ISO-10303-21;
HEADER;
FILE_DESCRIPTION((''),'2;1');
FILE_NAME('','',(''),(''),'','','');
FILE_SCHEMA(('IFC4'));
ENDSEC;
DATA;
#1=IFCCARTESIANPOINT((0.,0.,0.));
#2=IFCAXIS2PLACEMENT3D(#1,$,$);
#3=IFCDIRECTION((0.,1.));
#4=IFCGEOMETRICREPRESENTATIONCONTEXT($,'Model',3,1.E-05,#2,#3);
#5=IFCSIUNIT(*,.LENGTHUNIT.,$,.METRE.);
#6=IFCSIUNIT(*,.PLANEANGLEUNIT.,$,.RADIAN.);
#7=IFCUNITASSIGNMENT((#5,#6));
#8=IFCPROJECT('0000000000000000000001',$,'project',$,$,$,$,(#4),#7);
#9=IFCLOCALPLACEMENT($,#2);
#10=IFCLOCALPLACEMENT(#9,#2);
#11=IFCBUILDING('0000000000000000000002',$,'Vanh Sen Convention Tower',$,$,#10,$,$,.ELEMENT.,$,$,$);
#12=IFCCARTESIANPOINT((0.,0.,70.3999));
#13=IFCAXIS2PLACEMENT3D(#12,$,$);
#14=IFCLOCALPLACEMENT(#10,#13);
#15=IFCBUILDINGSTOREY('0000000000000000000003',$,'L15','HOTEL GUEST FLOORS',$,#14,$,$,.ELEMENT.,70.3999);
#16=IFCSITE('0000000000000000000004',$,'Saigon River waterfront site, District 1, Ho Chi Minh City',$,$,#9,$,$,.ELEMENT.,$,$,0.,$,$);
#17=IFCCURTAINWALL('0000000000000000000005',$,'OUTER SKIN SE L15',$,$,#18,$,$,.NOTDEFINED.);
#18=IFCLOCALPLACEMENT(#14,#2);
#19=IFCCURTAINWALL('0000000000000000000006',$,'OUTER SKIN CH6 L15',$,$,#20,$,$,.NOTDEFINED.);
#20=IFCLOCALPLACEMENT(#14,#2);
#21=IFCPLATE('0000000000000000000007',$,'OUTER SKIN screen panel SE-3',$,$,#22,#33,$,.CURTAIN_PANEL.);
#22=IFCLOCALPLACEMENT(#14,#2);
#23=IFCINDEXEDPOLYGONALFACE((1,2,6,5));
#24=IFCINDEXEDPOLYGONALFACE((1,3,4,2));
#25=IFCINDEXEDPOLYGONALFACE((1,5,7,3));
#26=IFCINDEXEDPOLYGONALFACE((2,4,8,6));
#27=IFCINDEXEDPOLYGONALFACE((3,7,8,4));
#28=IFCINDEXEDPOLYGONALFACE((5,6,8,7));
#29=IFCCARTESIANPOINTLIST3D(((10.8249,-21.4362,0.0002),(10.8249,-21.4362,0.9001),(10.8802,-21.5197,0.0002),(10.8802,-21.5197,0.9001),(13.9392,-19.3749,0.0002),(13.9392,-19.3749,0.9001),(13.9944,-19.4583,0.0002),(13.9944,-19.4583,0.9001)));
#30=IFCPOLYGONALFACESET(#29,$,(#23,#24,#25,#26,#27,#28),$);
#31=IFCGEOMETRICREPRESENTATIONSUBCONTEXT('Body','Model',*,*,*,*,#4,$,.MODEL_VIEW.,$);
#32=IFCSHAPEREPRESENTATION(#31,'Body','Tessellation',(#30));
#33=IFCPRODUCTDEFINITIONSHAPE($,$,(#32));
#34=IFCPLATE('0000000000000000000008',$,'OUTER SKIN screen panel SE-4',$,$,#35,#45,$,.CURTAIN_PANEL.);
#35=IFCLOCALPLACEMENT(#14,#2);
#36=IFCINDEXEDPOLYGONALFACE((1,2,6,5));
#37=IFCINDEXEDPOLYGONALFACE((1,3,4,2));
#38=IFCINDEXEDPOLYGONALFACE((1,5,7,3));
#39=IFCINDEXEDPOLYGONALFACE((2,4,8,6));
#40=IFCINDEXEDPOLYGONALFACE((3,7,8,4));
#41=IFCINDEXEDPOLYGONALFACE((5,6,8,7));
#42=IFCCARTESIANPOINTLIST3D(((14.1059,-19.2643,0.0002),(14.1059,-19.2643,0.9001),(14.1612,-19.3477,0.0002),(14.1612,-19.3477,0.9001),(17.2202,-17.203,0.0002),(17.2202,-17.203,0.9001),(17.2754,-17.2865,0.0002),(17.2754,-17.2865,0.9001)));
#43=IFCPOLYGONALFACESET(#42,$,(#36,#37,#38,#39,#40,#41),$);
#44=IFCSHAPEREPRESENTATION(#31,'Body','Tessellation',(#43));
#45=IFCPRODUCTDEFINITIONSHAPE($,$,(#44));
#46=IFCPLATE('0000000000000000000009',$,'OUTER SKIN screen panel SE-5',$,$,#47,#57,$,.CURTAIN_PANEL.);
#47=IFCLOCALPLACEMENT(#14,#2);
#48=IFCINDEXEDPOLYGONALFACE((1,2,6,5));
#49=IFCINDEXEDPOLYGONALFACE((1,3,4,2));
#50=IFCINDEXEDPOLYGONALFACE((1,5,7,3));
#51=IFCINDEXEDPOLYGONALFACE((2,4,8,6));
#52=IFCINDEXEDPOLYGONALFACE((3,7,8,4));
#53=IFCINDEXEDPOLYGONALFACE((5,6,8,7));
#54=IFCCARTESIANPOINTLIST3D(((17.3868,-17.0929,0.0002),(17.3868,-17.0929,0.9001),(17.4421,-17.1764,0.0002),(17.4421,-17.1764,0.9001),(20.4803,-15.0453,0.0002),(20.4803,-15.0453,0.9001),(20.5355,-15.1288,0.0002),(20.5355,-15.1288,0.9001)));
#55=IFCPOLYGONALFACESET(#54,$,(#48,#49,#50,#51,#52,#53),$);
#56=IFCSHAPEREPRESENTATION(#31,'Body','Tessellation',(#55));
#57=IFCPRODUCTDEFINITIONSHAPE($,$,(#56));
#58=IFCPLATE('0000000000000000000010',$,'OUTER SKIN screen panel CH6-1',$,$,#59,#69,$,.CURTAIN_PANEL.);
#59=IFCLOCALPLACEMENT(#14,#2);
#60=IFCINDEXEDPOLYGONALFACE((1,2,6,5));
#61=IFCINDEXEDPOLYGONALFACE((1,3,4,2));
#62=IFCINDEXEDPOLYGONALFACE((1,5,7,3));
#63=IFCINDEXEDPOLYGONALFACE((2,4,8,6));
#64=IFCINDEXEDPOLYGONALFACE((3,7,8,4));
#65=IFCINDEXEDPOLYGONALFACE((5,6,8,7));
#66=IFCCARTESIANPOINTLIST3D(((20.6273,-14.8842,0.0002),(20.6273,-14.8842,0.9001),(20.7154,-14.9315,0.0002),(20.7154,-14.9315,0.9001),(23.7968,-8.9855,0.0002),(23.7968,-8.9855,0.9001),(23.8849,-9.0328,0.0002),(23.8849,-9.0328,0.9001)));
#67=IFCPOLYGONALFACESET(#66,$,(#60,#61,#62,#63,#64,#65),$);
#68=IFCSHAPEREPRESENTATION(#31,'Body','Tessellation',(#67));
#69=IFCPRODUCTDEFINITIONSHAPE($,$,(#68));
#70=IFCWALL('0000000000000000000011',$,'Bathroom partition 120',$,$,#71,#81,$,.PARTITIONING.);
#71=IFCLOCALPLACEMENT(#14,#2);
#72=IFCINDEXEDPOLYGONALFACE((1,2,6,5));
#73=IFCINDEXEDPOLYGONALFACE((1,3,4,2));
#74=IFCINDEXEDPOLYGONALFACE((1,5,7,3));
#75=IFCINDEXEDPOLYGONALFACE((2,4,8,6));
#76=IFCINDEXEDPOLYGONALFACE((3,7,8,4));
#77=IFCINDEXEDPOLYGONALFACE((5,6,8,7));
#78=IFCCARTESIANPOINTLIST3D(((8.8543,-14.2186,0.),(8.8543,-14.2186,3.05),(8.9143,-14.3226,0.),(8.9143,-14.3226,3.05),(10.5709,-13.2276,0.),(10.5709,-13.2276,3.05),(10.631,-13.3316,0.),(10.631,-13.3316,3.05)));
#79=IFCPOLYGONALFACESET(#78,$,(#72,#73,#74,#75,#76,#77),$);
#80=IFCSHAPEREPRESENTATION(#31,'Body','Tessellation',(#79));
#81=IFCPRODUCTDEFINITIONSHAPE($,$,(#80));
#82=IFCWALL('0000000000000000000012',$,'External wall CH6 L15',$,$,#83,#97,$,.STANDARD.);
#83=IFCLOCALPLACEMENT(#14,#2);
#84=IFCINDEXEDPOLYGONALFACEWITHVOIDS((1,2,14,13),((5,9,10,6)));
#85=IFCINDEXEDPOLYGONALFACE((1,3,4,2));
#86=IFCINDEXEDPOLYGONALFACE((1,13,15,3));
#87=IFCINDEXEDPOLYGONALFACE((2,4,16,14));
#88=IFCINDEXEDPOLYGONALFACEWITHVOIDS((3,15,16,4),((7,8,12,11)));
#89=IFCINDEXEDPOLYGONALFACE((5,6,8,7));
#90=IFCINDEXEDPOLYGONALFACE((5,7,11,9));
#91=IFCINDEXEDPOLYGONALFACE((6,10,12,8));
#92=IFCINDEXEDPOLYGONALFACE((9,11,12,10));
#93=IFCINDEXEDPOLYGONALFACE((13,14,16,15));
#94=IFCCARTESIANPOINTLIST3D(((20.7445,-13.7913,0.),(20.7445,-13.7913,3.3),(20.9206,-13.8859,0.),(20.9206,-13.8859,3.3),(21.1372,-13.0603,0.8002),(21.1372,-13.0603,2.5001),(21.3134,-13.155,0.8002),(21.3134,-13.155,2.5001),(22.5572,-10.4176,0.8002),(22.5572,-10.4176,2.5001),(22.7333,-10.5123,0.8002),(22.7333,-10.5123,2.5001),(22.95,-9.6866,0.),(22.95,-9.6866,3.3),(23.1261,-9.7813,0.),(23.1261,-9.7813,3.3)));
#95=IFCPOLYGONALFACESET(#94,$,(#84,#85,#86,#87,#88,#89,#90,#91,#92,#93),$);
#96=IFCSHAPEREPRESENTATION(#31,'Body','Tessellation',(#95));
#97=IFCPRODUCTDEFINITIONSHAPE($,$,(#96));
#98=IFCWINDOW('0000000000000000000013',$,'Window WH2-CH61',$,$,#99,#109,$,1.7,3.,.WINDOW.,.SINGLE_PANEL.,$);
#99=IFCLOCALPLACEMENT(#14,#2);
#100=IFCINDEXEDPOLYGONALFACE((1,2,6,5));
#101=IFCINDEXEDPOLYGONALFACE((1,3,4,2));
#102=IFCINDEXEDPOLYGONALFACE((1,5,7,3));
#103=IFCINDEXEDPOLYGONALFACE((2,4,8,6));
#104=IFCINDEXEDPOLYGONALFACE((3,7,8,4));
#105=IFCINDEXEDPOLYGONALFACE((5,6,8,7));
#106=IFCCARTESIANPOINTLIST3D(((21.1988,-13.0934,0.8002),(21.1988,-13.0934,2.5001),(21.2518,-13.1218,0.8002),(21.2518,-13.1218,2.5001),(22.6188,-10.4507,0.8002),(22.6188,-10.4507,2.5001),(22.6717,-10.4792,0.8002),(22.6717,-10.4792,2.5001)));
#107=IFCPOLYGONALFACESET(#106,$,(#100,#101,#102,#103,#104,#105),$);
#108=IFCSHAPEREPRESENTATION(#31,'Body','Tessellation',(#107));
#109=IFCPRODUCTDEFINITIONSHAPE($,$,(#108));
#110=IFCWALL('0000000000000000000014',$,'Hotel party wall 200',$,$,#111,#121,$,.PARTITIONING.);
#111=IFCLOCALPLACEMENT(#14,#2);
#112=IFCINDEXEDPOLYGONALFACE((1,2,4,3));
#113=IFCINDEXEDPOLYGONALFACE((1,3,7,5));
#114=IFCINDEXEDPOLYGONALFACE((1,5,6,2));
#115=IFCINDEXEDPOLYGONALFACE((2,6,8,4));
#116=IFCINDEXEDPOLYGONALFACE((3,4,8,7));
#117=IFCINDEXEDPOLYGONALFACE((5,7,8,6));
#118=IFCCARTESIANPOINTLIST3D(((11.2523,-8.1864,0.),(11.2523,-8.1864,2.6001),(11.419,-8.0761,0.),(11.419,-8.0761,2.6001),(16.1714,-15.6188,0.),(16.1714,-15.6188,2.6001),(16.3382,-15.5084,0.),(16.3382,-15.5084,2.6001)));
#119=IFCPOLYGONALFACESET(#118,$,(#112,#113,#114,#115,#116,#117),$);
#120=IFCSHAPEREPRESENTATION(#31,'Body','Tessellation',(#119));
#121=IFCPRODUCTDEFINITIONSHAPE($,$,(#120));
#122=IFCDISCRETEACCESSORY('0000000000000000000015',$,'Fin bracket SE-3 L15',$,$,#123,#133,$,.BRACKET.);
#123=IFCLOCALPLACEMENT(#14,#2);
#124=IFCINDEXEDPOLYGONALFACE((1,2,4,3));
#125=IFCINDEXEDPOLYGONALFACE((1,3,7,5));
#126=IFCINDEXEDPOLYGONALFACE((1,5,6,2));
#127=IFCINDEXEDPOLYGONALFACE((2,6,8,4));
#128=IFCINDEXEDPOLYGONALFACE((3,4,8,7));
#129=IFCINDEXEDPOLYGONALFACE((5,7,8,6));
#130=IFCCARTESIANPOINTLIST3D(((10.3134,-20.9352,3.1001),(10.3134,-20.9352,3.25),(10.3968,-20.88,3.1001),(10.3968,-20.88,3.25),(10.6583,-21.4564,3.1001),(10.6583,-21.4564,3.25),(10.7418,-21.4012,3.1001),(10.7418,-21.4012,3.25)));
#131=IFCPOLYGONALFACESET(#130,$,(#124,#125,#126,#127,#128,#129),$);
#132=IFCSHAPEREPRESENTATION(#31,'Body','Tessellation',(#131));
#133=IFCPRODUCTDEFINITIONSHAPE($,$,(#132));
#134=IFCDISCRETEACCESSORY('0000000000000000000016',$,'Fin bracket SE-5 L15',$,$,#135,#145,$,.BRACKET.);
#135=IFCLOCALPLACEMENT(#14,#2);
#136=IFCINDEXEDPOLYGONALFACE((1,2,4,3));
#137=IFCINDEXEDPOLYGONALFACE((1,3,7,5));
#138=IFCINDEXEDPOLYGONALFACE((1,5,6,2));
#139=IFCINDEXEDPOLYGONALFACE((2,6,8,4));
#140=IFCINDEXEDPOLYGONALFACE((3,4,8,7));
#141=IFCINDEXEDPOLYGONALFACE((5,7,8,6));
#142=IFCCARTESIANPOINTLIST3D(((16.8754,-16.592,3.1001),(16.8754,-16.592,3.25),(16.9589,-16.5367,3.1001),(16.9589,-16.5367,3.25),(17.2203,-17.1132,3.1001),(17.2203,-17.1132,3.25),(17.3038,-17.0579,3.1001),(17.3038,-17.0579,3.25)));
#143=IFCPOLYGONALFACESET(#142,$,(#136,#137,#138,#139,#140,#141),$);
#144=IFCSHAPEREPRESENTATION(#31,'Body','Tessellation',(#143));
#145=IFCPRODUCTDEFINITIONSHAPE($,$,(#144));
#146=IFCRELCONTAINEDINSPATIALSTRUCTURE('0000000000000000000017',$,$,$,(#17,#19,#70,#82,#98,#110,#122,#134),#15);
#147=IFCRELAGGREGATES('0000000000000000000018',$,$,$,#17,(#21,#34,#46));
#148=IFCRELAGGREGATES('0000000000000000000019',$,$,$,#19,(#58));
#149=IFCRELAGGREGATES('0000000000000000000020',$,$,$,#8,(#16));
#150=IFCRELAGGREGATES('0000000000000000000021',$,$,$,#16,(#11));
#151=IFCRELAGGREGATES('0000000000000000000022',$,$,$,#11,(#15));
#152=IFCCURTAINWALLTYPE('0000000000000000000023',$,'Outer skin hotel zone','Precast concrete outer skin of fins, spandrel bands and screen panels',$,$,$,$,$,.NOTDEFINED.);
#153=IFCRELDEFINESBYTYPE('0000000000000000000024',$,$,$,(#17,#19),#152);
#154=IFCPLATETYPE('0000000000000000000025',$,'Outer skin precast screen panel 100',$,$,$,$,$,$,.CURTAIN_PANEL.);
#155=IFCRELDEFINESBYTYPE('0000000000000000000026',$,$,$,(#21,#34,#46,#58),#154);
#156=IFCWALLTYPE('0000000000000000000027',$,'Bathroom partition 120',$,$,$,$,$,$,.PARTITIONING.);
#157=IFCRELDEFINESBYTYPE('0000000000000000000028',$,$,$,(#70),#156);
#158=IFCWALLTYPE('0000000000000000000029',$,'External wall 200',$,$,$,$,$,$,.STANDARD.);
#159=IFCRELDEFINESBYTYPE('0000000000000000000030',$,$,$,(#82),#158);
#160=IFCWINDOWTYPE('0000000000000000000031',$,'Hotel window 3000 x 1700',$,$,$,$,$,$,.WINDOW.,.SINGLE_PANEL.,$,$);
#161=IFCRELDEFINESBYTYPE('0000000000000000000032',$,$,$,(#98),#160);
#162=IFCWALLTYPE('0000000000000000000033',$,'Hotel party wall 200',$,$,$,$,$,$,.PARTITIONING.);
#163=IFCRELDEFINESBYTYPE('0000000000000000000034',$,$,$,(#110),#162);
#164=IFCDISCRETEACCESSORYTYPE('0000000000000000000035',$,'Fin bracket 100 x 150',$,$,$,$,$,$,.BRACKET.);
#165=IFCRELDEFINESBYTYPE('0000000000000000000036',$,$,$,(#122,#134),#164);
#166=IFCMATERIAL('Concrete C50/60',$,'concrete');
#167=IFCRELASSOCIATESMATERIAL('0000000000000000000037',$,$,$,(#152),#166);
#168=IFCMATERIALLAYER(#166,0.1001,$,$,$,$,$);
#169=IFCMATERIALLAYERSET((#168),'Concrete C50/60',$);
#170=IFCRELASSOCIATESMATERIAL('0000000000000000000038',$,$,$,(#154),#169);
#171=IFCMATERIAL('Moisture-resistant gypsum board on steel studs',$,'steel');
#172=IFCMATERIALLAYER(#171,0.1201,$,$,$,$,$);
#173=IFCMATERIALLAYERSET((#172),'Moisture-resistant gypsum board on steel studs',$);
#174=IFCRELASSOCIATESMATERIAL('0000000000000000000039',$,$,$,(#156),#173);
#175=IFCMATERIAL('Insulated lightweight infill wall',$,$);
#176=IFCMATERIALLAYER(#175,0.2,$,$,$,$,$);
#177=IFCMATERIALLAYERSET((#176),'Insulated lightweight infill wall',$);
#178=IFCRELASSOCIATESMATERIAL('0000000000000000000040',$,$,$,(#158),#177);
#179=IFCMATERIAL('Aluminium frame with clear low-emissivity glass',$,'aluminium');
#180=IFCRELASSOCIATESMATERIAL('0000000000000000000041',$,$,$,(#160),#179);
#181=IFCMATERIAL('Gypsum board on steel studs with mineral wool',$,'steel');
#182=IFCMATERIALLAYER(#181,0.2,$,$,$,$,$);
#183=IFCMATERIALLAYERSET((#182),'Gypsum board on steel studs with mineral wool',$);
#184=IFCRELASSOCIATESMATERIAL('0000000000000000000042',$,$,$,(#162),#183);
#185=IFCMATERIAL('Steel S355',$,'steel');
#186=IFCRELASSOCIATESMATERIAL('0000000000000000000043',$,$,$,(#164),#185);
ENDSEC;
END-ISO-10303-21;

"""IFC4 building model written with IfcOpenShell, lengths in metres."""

from ifc_helpers import new_model, si_unit, direction, frame, frame_2d, origin, origin_2d, place, context, subcontext, project, spatial, rectangle, extrude, material, layer, layer_set, type_object, element, fill, aggregate, save


model = new_model("IFC4")

# Units and contexts
model_context = context("Model", 3, precision=1e-05, world=origin(), true_north=direction((0.0, 1.0)))
body_context = subcontext(model_context, "Body", "Model", "MODEL_VIEW")
ifc_project = project(units=[si_unit("LENGTHUNIT", "METRE"), si_unit("PLANEANGLEUNIT", "RADIAN")], contexts=[model_context])

# Site, building, storey
site_placement = place(None, origin())
site = spatial("IfcSite", under=ifc_project, at=site_placement, Name="Saigon River waterfront site, District 1, Ho Chi Minh City", CompositionType="ELEMENT", RefElevation=0.0)
building_placement = place(site_placement, origin())
building = spatial("IfcBuilding", under=site, at=building_placement, Name="Vanh Sen Convention Tower", CompositionType="ELEMENT")
storey_placement = place(building_placement, frame((0.0, 0.0, 70.3999)))
storey = spatial("IfcBuildingStorey", under=building, at=storey_placement, Name="L15", Description="HOTEL GUEST FLOORS", CompositionType="ELEMENT", Elevation=70.3999)

# Curtain wall
ifc_material_1 = material(Name="Concrete C50/60", Category="concrete")
curtain_wall_type = type_object("IfcCurtainWallType", Name="Outer skin hotel zone", Description="Precast concrete outer skin of fins, spandrel bands and screen panels", PredefinedType="NOTDEFINED", material=ifc_material_1)
curtain_wall_1_placement = place(storey_placement, origin())
curtain_wall_1 = element("IfcCurtainWall", 1, at=curtain_wall_1_placement, inside=storey, type_object=curtain_wall_type, Name="OUTER SKIN SE L15", PredefinedType="NOTDEFINED")

# Curtain wall
curtain_wall_2_placement = place(storey_placement, origin())
curtain_wall_2 = element("IfcCurtainWall", 2, at=curtain_wall_2_placement, inside=storey, type_object=curtain_wall_type, Name="OUTER SKIN CH6 L15", PredefinedType="NOTDEFINED")

# Plates
ifc_layer_1 = layer(ifc_material_1, 0.1001)
ifc_layer_set_1 = layer_set([ifc_layer_1], Name="Concrete C50/60")
plate_type = type_object("IfcPlateType", Name="Outer skin precast screen panel 100", PredefinedType="CURTAIN_PANEL", material=ifc_layer_set_1)
plate_1_placement = place(storey_placement, frame((12.4097, -20.4473, 0.0002), z_axis=(0.0, 0.0, 1.0), x_axis=(0.83388, 0.551946, 0.0)))
plate_1 = element("IfcPlate", 3, at=plate_1_placement, type_object=plate_type, Name="OUTER SKIN screen panel SE-3", PredefinedType="CURTAIN_PANEL", context=body_context, shape_type="SweptSolid", body=[
    extrude(rectangle(XDim=3.7346, YDim=0.1001, at=origin_2d()), origin(), (0.0, 0.0, 1.0), 0.8999),
])
plate_2_placement = place(storey_placement, frame((15.6907, -18.2754, 0.0002), z_axis=(0.0, 0.0, 1.0), x_axis=(0.833892, 0.551928, 0.0)))
plate_2 = element("IfcPlate", 4, at=plate_2_placement, type_object=plate_type, Name="OUTER SKIN screen panel SE-4", PredefinedType="CURTAIN_PANEL", context=body_context, shape_type="SweptSolid", body=[
    extrude(rectangle(XDim=3.7346, YDim=0.1001, at=origin_2d()), origin(), (0.0, 0.0, 1.0), 0.8999),
])
plate_3_placement = place(storey_placement, frame((18.9612, -16.1108, 0.0002), z_axis=(0.0, 0.0, 1.0), x_axis=(0.83388, 0.551946, 0.0)))
plate_3 = element("IfcPlate", 5, at=plate_3_placement, type_object=plate_type, Name="OUTER SKIN screen panel SE-5", PredefinedType="CURTAIN_PANEL", context=body_context, shape_type="SweptSolid", body=[
    extrude(rectangle(XDim=3.7097, YDim=0.1001, at=origin_2d()), origin(), (0.0, 0.0, 1.0), 0.8999),
])
aggregate(curtain_wall_1, [plate_1, plate_2, plate_3])
plate_4_placement = place(storey_placement, frame((22.2561, -11.9585, 0.0002), z_axis=(0.0, 0.0, 1.0), x_axis=(0.473323, 0.880889, 0.0)))
plate_4 = element("IfcPlate", 6, at=plate_4_placement, type_object=plate_type, Name="OUTER SKIN screen panel CH6-1", PredefinedType="CURTAIN_PANEL", context=body_context, shape_type="SweptSolid", body=[
    extrude(rectangle(XDim=6.6963, YDim=0.1001, at=origin_2d()), origin(), (0.0, 0.0, 1.0), 0.8999),
])
aggregate(curtain_wall_2, [plate_4])

# Wall
ifc_material_2 = material(Name="Moisture-resistant gypsum board on steel studs", Category="steel")
ifc_layer_2 = layer(ifc_material_2, 0.1201)
ifc_layer_set_2 = layer_set([ifc_layer_2], Name="Moisture-resistant gypsum board on steel studs")
wall_type_1 = type_object("IfcWallType", Name="Bathroom partition 120", PredefinedType="PARTITIONING", material=ifc_layer_set_2)
wall_1_placement = place(storey_placement, frame((10.6011, -13.2795, 0.0), z_axis=(0.0, 0.0, 1.0), x_axis=(-0.866044, -0.499968, 0.0)))
element("IfcWall", 7, at=wall_1_placement, inside=storey, type_object=wall_type_1, Name="Bathroom partition 120", PredefinedType="PARTITIONING", context=body_context, shape_type="SweptSolid", body=[
    extrude(rectangle(XDim=1.9822, YDim=0.1201, at=frame_2d((0.9912, 0.0))), origin(), (0.0, 0.0, 1.0), 3.05),
])

# Wall, opening, window
ifc_material_3 = material(Name="Insulated lightweight infill wall")
ifc_layer_3 = layer(ifc_material_3, 0.2)
ifc_layer_set_3 = layer_set([ifc_layer_3], Name="Insulated lightweight infill wall")
wall_type_2 = type_object("IfcWallType", Name="External wall 200", PredefinedType="STANDARD", material=ifc_layer_set_3)
wall_2_placement = place(storey_placement, frame((20.8325, -13.8386, 0.0), z_axis=(0.0, 0.0, 1.0), x_axis=(0.473322, 0.88089, 0.0)))
wall_2 = element("IfcWall", 8, at=wall_2_placement, inside=storey, type_object=wall_type_2, Name="External wall CH6 L15", PredefinedType="STANDARD", context=body_context, shape_type="SweptSolid", body=[
    extrude(rectangle(XDim=4.6597, YDim=0.2, at=frame_2d((2.3298, 0.0))), origin(), (0.0, 0.0, 1.0), 3.3),
])
opening_placement = place(wall_2_placement, frame((0.8298, 0.0, 0.8)))
opening = element("IfcOpeningElement", 9, at=opening_placement, cuts=wall_2, PredefinedType="OPENING", context=body_context, shape_type="SweptSolid", body=[
    extrude(rectangle(XDim=3.0, YDim=1.7, at=frame_2d((1.5, 0.8501))), frame((0.0, 0.1099, 0.0), z_axis=(0.0, -1.0, 0.0), x_axis=(1.0, 0.0, 0.0)), (0.0, 0.0, 1.0), 0.22),
])
ifc_material_4 = material(Name="Aluminium frame with clear low-emissivity glass", Category="aluminium")
window_type = type_object("IfcWindowType", Name="Hotel window 3000 x 1700", PartitioningType="SINGLE_PANEL", PredefinedType="WINDOW", material=ifc_material_4)
window_placement = place(opening_placement, origin())
window = element("IfcWindow", 10, at=window_placement, inside=storey, type_object=window_type, Name="Window WH2-CH61", OverallHeight=1.7, OverallWidth=3.0, PartitioningType="SINGLE_PANEL", PredefinedType="WINDOW", context=body_context, shape_type="SweptSolid", body=[
    extrude(rectangle(XDim=3.0, YDim=1.7, at=frame_2d((1.5, 0.8501))), frame((0.0, 0.03, 0.0), z_axis=(0.0, -1.0, 0.0), x_axis=(1.0, 0.0, 0.0)), (0.0, 0.0, 1.0), 0.0601),
])
fill(opening, window)

# Wall
ifc_material_5 = material(Name="Gypsum board on steel studs with mineral wool", Category="steel")
ifc_layer_4 = layer(ifc_material_5, 0.2)
ifc_layer_set_4 = layer_set([ifc_layer_4], Name="Gypsum board on steel studs with mineral wool")
wall_type_3 = type_object("IfcWallType", Name="Hotel party wall 200", PredefinedType="PARTITIONING", material=ifc_layer_set_4)
wall_3_placement = place(storey_placement, frame((16.2549, -15.5637, 0.0), z_axis=(0.0, 0.0, 1.0), x_axis=(-0.551922, 0.833896, 0.0)))
element("IfcWall", 11, at=wall_3_placement, inside=storey, type_object=wall_type_3, Name="Hotel party wall 200", PredefinedType="PARTITIONING", context=body_context, shape_type="SweptSolid", body=[
    extrude(rectangle(XDim=8.9128, YDim=0.2, at=frame_2d((4.4565, 0.0))), origin(), (0.0, 0.0, 1.0), 2.6001),
])

# Discrete accessories
ifc_material_6 = material(Name="Steel S355", Category="steel")
discrete_accessory_type = type_object("IfcDiscreteAccessoryType", Name="Fin bracket 100 x 150", PredefinedType="BRACKET", material=ifc_material_6)
for number, where, z_axis, x_axis, name in (
    (12, (10.5276, -21.1682, 3.1001), (0.0, 0.0, 1.0), (0.551937, -0.833886, 0.0), "Fin bracket SE-3 L15"),
    (13, (17.0896, -16.825, 3.1001), (0.0, 0.0, 1.0), (0.551937, -0.833886, 0.0), "Fin bracket SE-5 L15"),
):
    element("IfcDiscreteAccessory", number, at=place(storey_placement, frame(where, z_axis=z_axis, x_axis=x_axis)), inside=storey, type_object=discrete_accessory_type, Name=name, PredefinedType="BRACKET", context=body_context, shape_type="SweptSolid", body=[
        extrude(rectangle(XDim=0.625, YDim=0.1001, at=origin_2d()), origin(), (0.0, 0.0, 1.0), 0.1499),
    ])

save(model, "model.ifc")
